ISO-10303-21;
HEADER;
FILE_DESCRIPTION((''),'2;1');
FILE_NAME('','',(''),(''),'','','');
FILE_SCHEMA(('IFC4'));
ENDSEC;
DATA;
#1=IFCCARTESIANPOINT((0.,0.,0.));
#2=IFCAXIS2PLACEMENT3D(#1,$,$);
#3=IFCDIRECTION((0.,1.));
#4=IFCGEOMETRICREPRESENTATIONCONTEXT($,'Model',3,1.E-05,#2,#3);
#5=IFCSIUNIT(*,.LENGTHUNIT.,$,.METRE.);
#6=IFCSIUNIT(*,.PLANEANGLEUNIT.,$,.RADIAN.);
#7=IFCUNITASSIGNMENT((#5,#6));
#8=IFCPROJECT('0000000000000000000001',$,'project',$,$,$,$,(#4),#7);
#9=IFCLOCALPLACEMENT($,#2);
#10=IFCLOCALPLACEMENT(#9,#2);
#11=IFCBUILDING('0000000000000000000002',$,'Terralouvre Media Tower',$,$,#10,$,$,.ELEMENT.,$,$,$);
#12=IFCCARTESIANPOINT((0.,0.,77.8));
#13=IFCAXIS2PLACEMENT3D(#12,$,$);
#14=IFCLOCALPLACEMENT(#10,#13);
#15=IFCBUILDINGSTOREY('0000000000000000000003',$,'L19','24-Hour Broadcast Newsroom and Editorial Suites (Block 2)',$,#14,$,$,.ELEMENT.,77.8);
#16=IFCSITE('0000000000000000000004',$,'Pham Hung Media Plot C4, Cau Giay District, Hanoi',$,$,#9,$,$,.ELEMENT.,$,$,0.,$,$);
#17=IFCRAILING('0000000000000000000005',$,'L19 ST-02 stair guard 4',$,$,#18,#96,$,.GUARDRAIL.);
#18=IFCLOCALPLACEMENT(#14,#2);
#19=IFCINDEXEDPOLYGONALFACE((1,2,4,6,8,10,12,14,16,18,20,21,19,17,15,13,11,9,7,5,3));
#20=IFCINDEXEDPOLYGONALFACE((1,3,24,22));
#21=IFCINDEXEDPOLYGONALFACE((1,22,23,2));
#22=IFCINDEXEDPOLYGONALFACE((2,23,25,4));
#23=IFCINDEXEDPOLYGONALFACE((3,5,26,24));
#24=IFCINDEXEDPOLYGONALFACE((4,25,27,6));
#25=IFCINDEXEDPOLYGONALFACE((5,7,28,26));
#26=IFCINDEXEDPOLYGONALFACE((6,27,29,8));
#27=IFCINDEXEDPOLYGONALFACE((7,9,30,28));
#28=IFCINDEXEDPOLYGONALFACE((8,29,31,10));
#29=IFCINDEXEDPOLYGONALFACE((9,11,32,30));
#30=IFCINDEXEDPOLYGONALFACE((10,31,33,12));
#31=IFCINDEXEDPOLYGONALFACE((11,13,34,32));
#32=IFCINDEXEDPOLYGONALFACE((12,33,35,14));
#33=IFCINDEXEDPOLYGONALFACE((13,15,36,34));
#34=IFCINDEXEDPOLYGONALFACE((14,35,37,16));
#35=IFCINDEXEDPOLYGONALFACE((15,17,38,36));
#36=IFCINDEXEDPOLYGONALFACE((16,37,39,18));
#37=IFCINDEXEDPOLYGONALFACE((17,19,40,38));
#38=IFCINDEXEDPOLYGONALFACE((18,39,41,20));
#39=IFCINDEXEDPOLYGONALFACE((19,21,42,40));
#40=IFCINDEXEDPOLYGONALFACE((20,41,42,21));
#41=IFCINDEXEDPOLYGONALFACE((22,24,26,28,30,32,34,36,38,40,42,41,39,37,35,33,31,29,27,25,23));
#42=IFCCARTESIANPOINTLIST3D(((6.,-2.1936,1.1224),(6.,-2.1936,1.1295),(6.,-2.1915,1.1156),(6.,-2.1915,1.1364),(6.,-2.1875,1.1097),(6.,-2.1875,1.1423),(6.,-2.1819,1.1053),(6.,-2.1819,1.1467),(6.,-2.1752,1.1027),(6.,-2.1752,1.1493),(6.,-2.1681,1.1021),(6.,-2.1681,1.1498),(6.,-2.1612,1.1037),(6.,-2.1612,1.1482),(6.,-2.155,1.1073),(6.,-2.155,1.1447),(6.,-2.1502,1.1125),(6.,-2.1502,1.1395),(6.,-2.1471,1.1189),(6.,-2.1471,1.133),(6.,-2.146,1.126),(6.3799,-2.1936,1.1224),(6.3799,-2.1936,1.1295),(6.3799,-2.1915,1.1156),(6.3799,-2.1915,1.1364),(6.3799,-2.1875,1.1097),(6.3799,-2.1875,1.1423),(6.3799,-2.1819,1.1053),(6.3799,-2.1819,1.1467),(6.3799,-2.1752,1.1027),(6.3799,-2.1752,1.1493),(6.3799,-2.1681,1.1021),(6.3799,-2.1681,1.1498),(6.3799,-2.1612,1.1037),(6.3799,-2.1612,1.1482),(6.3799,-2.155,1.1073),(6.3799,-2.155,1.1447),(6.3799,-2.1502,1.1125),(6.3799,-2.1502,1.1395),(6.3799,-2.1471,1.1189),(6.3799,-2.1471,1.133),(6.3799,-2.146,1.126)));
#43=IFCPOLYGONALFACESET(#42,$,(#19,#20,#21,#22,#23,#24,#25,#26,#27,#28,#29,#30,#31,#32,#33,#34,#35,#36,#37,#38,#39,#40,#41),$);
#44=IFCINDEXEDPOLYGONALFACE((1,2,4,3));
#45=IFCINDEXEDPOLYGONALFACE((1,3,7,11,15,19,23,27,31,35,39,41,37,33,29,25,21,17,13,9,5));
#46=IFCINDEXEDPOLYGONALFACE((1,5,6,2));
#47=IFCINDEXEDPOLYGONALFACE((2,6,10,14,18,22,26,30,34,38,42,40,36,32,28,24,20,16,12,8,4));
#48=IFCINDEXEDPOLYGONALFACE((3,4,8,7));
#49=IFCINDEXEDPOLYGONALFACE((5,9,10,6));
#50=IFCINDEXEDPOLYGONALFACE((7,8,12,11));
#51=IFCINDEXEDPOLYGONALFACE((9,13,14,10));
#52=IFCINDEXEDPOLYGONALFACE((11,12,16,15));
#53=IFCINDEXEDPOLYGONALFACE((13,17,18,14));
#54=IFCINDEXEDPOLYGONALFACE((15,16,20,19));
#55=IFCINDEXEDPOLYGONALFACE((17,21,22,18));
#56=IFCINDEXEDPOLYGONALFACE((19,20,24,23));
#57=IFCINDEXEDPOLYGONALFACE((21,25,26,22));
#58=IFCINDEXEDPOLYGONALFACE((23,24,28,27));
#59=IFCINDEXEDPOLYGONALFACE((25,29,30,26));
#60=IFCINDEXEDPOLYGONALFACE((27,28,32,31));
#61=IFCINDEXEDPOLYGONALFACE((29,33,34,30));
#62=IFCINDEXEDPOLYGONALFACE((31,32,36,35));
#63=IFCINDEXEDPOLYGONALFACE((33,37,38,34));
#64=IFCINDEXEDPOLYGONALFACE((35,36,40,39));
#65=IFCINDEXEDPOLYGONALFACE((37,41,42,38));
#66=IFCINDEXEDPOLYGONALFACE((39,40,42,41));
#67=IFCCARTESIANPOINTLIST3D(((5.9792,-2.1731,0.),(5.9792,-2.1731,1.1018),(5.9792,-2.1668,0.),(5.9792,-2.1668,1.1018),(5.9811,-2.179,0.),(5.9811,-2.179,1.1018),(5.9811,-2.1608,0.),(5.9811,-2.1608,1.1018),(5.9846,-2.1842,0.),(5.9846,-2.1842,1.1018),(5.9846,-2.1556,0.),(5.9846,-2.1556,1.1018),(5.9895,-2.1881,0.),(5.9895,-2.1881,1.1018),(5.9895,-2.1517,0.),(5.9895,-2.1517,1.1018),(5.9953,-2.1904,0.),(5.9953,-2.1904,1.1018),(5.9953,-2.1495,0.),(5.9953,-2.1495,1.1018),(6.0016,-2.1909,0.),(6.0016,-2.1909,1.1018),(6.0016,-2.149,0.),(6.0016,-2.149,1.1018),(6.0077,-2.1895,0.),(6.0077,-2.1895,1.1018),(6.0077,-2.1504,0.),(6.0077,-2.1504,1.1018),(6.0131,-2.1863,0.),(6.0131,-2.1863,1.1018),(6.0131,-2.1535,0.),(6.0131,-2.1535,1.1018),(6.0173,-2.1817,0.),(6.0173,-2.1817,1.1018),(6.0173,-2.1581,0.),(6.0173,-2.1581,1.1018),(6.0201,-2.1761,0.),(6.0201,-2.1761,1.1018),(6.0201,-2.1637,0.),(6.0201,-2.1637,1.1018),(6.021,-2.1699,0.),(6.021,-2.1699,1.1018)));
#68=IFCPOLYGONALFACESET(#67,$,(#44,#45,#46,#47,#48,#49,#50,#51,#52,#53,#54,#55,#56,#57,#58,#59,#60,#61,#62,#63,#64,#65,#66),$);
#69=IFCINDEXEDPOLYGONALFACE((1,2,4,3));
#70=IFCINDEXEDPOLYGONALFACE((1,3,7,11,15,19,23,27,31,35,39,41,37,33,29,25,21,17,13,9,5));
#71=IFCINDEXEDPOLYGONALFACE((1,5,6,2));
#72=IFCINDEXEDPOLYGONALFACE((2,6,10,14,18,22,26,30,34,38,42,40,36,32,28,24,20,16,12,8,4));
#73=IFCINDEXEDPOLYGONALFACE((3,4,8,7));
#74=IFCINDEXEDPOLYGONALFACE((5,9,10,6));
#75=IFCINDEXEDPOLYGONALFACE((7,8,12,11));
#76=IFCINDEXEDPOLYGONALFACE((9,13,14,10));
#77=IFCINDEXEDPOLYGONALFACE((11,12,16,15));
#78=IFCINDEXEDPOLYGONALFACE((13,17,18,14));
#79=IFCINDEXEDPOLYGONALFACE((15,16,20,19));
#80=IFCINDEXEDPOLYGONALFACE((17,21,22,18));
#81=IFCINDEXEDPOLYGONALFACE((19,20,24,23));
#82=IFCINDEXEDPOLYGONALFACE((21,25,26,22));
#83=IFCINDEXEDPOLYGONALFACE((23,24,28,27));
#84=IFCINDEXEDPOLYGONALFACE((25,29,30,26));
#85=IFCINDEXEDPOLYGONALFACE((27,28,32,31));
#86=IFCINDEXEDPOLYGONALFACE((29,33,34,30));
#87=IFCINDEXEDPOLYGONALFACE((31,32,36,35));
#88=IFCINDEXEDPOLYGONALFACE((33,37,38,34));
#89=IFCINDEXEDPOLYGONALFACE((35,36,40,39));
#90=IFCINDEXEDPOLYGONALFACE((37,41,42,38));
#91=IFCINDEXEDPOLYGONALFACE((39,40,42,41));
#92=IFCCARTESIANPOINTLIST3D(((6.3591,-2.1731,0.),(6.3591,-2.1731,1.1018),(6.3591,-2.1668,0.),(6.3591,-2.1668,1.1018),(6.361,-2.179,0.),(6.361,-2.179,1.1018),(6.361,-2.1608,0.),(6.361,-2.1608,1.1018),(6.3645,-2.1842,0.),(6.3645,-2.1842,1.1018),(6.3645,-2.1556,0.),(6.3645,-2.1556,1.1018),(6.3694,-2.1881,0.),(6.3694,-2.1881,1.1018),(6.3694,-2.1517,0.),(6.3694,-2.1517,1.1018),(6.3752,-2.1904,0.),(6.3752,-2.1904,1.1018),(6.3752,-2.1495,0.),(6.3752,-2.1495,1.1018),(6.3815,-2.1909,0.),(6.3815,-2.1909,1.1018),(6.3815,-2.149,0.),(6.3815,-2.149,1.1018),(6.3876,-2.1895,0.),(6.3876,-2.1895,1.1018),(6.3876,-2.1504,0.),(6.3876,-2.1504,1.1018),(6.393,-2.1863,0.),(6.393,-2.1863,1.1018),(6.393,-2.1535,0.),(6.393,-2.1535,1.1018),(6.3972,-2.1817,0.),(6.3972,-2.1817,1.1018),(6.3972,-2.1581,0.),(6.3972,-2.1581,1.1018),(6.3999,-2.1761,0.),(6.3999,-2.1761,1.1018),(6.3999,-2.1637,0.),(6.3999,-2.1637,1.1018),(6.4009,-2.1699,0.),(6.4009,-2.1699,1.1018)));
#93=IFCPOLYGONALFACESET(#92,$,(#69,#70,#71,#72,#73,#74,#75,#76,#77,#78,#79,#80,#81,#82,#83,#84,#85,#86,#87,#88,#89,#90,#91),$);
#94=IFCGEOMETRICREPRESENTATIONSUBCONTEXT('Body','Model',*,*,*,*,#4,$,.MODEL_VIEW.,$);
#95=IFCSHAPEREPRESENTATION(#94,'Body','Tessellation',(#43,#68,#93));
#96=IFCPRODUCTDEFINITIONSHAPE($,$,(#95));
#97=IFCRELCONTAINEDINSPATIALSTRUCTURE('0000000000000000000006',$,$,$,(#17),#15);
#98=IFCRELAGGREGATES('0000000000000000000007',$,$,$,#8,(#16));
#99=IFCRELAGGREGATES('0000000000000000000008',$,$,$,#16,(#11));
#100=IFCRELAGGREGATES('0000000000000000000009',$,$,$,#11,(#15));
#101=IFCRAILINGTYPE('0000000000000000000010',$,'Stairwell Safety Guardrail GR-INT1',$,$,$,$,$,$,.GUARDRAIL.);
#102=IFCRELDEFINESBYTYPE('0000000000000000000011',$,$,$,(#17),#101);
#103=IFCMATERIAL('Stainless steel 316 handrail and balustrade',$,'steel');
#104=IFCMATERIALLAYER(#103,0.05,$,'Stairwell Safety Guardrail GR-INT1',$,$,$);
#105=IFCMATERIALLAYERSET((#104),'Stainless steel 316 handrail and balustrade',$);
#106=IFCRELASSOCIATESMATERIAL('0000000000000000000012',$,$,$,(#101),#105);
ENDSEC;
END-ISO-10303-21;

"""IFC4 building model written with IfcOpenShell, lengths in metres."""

from ifc_helpers import new_model, si_unit, direction, frame, origin, origin_2d, place, context, subcontext, project, spatial, circle, extrude, material, layer, layer_set, type_object, element, save


model = new_model("IFC4")

# Units and contexts
model_context = context("Model", 3, precision=1e-05, world=origin(), true_north=direction((0.0, 1.0)))
body_context = subcontext(model_context, "Body", "Model", "MODEL_VIEW")
ifc_project = project(units=[si_unit("LENGTHUNIT", "METRE"), si_unit("PLANEANGLEUNIT", "RADIAN")], contexts=[model_context])

# Site, building, storey
site_placement = place(None, origin())
site = spatial("IfcSite", under=ifc_project, at=site_placement, Name="Pham Hung Media Plot C4, Cau Giay District, Hanoi", CompositionType="ELEMENT", RefElevation=0.0)
building_placement = place(site_placement, origin())
building = spatial("IfcBuilding", under=site, at=building_placement, Name="Terralouvre Media Tower", CompositionType="ELEMENT")
storey_placement = place(building_placement, frame((0.0, 0.0, 77.8)))
storey = spatial("IfcBuildingStorey", under=building, at=storey_placement, Name="L19", Description="24-Hour Broadcast Newsroom and Editorial Suites (Block 2)", CompositionType="ELEMENT", Elevation=77.8)

# Railing
ifc_material_1 = material(Name="Stainless steel 316 handrail and balustrade", Category="steel")
ifc_layer_1 = layer(ifc_material_1, 0.05, Name="Stairwell Safety Guardrail GR-INT1")
ifc_layer_set_1 = layer_set([ifc_layer_1], Name="Stainless steel 316 handrail and balustrade")
railing_type_1 = type_object("IfcRailingType", Name="Stairwell Safety Guardrail GR-INT1", PredefinedType="GUARDRAIL", material=ifc_layer_set_1)
railing_1_placement = place(storey_placement, frame((6.0, -2.1699, 0.0)))
element("IfcRailing", 1, at=railing_1_placement, inside=storey, type_object=railing_type_1, Name="L19 ST-02 stair guard 4", PredefinedType="GUARDRAIL", context=body_context, shape_type="SweptSolid", body=[
    extrude(circle(Radius=0.0239, at=origin_2d()), frame((0.0, 0.0, 1.126), z_axis=(1.0, 0.0, 0.0), x_axis=(0.0, 1.0, 0.0)), (0.0, 0.0, 1.0), 0.3799),
    extrude(circle(Radius=0.021, at=origin_2d()), origin(), (0.0, 0.0, 1.0), 1.1018),
    extrude(circle(Radius=0.021, at=origin_2d()), frame((0.3799, 0.0, 0.0)), (0.0, 0.0, 1.0), 1.1018),
])

save(model, "model.ifc")
